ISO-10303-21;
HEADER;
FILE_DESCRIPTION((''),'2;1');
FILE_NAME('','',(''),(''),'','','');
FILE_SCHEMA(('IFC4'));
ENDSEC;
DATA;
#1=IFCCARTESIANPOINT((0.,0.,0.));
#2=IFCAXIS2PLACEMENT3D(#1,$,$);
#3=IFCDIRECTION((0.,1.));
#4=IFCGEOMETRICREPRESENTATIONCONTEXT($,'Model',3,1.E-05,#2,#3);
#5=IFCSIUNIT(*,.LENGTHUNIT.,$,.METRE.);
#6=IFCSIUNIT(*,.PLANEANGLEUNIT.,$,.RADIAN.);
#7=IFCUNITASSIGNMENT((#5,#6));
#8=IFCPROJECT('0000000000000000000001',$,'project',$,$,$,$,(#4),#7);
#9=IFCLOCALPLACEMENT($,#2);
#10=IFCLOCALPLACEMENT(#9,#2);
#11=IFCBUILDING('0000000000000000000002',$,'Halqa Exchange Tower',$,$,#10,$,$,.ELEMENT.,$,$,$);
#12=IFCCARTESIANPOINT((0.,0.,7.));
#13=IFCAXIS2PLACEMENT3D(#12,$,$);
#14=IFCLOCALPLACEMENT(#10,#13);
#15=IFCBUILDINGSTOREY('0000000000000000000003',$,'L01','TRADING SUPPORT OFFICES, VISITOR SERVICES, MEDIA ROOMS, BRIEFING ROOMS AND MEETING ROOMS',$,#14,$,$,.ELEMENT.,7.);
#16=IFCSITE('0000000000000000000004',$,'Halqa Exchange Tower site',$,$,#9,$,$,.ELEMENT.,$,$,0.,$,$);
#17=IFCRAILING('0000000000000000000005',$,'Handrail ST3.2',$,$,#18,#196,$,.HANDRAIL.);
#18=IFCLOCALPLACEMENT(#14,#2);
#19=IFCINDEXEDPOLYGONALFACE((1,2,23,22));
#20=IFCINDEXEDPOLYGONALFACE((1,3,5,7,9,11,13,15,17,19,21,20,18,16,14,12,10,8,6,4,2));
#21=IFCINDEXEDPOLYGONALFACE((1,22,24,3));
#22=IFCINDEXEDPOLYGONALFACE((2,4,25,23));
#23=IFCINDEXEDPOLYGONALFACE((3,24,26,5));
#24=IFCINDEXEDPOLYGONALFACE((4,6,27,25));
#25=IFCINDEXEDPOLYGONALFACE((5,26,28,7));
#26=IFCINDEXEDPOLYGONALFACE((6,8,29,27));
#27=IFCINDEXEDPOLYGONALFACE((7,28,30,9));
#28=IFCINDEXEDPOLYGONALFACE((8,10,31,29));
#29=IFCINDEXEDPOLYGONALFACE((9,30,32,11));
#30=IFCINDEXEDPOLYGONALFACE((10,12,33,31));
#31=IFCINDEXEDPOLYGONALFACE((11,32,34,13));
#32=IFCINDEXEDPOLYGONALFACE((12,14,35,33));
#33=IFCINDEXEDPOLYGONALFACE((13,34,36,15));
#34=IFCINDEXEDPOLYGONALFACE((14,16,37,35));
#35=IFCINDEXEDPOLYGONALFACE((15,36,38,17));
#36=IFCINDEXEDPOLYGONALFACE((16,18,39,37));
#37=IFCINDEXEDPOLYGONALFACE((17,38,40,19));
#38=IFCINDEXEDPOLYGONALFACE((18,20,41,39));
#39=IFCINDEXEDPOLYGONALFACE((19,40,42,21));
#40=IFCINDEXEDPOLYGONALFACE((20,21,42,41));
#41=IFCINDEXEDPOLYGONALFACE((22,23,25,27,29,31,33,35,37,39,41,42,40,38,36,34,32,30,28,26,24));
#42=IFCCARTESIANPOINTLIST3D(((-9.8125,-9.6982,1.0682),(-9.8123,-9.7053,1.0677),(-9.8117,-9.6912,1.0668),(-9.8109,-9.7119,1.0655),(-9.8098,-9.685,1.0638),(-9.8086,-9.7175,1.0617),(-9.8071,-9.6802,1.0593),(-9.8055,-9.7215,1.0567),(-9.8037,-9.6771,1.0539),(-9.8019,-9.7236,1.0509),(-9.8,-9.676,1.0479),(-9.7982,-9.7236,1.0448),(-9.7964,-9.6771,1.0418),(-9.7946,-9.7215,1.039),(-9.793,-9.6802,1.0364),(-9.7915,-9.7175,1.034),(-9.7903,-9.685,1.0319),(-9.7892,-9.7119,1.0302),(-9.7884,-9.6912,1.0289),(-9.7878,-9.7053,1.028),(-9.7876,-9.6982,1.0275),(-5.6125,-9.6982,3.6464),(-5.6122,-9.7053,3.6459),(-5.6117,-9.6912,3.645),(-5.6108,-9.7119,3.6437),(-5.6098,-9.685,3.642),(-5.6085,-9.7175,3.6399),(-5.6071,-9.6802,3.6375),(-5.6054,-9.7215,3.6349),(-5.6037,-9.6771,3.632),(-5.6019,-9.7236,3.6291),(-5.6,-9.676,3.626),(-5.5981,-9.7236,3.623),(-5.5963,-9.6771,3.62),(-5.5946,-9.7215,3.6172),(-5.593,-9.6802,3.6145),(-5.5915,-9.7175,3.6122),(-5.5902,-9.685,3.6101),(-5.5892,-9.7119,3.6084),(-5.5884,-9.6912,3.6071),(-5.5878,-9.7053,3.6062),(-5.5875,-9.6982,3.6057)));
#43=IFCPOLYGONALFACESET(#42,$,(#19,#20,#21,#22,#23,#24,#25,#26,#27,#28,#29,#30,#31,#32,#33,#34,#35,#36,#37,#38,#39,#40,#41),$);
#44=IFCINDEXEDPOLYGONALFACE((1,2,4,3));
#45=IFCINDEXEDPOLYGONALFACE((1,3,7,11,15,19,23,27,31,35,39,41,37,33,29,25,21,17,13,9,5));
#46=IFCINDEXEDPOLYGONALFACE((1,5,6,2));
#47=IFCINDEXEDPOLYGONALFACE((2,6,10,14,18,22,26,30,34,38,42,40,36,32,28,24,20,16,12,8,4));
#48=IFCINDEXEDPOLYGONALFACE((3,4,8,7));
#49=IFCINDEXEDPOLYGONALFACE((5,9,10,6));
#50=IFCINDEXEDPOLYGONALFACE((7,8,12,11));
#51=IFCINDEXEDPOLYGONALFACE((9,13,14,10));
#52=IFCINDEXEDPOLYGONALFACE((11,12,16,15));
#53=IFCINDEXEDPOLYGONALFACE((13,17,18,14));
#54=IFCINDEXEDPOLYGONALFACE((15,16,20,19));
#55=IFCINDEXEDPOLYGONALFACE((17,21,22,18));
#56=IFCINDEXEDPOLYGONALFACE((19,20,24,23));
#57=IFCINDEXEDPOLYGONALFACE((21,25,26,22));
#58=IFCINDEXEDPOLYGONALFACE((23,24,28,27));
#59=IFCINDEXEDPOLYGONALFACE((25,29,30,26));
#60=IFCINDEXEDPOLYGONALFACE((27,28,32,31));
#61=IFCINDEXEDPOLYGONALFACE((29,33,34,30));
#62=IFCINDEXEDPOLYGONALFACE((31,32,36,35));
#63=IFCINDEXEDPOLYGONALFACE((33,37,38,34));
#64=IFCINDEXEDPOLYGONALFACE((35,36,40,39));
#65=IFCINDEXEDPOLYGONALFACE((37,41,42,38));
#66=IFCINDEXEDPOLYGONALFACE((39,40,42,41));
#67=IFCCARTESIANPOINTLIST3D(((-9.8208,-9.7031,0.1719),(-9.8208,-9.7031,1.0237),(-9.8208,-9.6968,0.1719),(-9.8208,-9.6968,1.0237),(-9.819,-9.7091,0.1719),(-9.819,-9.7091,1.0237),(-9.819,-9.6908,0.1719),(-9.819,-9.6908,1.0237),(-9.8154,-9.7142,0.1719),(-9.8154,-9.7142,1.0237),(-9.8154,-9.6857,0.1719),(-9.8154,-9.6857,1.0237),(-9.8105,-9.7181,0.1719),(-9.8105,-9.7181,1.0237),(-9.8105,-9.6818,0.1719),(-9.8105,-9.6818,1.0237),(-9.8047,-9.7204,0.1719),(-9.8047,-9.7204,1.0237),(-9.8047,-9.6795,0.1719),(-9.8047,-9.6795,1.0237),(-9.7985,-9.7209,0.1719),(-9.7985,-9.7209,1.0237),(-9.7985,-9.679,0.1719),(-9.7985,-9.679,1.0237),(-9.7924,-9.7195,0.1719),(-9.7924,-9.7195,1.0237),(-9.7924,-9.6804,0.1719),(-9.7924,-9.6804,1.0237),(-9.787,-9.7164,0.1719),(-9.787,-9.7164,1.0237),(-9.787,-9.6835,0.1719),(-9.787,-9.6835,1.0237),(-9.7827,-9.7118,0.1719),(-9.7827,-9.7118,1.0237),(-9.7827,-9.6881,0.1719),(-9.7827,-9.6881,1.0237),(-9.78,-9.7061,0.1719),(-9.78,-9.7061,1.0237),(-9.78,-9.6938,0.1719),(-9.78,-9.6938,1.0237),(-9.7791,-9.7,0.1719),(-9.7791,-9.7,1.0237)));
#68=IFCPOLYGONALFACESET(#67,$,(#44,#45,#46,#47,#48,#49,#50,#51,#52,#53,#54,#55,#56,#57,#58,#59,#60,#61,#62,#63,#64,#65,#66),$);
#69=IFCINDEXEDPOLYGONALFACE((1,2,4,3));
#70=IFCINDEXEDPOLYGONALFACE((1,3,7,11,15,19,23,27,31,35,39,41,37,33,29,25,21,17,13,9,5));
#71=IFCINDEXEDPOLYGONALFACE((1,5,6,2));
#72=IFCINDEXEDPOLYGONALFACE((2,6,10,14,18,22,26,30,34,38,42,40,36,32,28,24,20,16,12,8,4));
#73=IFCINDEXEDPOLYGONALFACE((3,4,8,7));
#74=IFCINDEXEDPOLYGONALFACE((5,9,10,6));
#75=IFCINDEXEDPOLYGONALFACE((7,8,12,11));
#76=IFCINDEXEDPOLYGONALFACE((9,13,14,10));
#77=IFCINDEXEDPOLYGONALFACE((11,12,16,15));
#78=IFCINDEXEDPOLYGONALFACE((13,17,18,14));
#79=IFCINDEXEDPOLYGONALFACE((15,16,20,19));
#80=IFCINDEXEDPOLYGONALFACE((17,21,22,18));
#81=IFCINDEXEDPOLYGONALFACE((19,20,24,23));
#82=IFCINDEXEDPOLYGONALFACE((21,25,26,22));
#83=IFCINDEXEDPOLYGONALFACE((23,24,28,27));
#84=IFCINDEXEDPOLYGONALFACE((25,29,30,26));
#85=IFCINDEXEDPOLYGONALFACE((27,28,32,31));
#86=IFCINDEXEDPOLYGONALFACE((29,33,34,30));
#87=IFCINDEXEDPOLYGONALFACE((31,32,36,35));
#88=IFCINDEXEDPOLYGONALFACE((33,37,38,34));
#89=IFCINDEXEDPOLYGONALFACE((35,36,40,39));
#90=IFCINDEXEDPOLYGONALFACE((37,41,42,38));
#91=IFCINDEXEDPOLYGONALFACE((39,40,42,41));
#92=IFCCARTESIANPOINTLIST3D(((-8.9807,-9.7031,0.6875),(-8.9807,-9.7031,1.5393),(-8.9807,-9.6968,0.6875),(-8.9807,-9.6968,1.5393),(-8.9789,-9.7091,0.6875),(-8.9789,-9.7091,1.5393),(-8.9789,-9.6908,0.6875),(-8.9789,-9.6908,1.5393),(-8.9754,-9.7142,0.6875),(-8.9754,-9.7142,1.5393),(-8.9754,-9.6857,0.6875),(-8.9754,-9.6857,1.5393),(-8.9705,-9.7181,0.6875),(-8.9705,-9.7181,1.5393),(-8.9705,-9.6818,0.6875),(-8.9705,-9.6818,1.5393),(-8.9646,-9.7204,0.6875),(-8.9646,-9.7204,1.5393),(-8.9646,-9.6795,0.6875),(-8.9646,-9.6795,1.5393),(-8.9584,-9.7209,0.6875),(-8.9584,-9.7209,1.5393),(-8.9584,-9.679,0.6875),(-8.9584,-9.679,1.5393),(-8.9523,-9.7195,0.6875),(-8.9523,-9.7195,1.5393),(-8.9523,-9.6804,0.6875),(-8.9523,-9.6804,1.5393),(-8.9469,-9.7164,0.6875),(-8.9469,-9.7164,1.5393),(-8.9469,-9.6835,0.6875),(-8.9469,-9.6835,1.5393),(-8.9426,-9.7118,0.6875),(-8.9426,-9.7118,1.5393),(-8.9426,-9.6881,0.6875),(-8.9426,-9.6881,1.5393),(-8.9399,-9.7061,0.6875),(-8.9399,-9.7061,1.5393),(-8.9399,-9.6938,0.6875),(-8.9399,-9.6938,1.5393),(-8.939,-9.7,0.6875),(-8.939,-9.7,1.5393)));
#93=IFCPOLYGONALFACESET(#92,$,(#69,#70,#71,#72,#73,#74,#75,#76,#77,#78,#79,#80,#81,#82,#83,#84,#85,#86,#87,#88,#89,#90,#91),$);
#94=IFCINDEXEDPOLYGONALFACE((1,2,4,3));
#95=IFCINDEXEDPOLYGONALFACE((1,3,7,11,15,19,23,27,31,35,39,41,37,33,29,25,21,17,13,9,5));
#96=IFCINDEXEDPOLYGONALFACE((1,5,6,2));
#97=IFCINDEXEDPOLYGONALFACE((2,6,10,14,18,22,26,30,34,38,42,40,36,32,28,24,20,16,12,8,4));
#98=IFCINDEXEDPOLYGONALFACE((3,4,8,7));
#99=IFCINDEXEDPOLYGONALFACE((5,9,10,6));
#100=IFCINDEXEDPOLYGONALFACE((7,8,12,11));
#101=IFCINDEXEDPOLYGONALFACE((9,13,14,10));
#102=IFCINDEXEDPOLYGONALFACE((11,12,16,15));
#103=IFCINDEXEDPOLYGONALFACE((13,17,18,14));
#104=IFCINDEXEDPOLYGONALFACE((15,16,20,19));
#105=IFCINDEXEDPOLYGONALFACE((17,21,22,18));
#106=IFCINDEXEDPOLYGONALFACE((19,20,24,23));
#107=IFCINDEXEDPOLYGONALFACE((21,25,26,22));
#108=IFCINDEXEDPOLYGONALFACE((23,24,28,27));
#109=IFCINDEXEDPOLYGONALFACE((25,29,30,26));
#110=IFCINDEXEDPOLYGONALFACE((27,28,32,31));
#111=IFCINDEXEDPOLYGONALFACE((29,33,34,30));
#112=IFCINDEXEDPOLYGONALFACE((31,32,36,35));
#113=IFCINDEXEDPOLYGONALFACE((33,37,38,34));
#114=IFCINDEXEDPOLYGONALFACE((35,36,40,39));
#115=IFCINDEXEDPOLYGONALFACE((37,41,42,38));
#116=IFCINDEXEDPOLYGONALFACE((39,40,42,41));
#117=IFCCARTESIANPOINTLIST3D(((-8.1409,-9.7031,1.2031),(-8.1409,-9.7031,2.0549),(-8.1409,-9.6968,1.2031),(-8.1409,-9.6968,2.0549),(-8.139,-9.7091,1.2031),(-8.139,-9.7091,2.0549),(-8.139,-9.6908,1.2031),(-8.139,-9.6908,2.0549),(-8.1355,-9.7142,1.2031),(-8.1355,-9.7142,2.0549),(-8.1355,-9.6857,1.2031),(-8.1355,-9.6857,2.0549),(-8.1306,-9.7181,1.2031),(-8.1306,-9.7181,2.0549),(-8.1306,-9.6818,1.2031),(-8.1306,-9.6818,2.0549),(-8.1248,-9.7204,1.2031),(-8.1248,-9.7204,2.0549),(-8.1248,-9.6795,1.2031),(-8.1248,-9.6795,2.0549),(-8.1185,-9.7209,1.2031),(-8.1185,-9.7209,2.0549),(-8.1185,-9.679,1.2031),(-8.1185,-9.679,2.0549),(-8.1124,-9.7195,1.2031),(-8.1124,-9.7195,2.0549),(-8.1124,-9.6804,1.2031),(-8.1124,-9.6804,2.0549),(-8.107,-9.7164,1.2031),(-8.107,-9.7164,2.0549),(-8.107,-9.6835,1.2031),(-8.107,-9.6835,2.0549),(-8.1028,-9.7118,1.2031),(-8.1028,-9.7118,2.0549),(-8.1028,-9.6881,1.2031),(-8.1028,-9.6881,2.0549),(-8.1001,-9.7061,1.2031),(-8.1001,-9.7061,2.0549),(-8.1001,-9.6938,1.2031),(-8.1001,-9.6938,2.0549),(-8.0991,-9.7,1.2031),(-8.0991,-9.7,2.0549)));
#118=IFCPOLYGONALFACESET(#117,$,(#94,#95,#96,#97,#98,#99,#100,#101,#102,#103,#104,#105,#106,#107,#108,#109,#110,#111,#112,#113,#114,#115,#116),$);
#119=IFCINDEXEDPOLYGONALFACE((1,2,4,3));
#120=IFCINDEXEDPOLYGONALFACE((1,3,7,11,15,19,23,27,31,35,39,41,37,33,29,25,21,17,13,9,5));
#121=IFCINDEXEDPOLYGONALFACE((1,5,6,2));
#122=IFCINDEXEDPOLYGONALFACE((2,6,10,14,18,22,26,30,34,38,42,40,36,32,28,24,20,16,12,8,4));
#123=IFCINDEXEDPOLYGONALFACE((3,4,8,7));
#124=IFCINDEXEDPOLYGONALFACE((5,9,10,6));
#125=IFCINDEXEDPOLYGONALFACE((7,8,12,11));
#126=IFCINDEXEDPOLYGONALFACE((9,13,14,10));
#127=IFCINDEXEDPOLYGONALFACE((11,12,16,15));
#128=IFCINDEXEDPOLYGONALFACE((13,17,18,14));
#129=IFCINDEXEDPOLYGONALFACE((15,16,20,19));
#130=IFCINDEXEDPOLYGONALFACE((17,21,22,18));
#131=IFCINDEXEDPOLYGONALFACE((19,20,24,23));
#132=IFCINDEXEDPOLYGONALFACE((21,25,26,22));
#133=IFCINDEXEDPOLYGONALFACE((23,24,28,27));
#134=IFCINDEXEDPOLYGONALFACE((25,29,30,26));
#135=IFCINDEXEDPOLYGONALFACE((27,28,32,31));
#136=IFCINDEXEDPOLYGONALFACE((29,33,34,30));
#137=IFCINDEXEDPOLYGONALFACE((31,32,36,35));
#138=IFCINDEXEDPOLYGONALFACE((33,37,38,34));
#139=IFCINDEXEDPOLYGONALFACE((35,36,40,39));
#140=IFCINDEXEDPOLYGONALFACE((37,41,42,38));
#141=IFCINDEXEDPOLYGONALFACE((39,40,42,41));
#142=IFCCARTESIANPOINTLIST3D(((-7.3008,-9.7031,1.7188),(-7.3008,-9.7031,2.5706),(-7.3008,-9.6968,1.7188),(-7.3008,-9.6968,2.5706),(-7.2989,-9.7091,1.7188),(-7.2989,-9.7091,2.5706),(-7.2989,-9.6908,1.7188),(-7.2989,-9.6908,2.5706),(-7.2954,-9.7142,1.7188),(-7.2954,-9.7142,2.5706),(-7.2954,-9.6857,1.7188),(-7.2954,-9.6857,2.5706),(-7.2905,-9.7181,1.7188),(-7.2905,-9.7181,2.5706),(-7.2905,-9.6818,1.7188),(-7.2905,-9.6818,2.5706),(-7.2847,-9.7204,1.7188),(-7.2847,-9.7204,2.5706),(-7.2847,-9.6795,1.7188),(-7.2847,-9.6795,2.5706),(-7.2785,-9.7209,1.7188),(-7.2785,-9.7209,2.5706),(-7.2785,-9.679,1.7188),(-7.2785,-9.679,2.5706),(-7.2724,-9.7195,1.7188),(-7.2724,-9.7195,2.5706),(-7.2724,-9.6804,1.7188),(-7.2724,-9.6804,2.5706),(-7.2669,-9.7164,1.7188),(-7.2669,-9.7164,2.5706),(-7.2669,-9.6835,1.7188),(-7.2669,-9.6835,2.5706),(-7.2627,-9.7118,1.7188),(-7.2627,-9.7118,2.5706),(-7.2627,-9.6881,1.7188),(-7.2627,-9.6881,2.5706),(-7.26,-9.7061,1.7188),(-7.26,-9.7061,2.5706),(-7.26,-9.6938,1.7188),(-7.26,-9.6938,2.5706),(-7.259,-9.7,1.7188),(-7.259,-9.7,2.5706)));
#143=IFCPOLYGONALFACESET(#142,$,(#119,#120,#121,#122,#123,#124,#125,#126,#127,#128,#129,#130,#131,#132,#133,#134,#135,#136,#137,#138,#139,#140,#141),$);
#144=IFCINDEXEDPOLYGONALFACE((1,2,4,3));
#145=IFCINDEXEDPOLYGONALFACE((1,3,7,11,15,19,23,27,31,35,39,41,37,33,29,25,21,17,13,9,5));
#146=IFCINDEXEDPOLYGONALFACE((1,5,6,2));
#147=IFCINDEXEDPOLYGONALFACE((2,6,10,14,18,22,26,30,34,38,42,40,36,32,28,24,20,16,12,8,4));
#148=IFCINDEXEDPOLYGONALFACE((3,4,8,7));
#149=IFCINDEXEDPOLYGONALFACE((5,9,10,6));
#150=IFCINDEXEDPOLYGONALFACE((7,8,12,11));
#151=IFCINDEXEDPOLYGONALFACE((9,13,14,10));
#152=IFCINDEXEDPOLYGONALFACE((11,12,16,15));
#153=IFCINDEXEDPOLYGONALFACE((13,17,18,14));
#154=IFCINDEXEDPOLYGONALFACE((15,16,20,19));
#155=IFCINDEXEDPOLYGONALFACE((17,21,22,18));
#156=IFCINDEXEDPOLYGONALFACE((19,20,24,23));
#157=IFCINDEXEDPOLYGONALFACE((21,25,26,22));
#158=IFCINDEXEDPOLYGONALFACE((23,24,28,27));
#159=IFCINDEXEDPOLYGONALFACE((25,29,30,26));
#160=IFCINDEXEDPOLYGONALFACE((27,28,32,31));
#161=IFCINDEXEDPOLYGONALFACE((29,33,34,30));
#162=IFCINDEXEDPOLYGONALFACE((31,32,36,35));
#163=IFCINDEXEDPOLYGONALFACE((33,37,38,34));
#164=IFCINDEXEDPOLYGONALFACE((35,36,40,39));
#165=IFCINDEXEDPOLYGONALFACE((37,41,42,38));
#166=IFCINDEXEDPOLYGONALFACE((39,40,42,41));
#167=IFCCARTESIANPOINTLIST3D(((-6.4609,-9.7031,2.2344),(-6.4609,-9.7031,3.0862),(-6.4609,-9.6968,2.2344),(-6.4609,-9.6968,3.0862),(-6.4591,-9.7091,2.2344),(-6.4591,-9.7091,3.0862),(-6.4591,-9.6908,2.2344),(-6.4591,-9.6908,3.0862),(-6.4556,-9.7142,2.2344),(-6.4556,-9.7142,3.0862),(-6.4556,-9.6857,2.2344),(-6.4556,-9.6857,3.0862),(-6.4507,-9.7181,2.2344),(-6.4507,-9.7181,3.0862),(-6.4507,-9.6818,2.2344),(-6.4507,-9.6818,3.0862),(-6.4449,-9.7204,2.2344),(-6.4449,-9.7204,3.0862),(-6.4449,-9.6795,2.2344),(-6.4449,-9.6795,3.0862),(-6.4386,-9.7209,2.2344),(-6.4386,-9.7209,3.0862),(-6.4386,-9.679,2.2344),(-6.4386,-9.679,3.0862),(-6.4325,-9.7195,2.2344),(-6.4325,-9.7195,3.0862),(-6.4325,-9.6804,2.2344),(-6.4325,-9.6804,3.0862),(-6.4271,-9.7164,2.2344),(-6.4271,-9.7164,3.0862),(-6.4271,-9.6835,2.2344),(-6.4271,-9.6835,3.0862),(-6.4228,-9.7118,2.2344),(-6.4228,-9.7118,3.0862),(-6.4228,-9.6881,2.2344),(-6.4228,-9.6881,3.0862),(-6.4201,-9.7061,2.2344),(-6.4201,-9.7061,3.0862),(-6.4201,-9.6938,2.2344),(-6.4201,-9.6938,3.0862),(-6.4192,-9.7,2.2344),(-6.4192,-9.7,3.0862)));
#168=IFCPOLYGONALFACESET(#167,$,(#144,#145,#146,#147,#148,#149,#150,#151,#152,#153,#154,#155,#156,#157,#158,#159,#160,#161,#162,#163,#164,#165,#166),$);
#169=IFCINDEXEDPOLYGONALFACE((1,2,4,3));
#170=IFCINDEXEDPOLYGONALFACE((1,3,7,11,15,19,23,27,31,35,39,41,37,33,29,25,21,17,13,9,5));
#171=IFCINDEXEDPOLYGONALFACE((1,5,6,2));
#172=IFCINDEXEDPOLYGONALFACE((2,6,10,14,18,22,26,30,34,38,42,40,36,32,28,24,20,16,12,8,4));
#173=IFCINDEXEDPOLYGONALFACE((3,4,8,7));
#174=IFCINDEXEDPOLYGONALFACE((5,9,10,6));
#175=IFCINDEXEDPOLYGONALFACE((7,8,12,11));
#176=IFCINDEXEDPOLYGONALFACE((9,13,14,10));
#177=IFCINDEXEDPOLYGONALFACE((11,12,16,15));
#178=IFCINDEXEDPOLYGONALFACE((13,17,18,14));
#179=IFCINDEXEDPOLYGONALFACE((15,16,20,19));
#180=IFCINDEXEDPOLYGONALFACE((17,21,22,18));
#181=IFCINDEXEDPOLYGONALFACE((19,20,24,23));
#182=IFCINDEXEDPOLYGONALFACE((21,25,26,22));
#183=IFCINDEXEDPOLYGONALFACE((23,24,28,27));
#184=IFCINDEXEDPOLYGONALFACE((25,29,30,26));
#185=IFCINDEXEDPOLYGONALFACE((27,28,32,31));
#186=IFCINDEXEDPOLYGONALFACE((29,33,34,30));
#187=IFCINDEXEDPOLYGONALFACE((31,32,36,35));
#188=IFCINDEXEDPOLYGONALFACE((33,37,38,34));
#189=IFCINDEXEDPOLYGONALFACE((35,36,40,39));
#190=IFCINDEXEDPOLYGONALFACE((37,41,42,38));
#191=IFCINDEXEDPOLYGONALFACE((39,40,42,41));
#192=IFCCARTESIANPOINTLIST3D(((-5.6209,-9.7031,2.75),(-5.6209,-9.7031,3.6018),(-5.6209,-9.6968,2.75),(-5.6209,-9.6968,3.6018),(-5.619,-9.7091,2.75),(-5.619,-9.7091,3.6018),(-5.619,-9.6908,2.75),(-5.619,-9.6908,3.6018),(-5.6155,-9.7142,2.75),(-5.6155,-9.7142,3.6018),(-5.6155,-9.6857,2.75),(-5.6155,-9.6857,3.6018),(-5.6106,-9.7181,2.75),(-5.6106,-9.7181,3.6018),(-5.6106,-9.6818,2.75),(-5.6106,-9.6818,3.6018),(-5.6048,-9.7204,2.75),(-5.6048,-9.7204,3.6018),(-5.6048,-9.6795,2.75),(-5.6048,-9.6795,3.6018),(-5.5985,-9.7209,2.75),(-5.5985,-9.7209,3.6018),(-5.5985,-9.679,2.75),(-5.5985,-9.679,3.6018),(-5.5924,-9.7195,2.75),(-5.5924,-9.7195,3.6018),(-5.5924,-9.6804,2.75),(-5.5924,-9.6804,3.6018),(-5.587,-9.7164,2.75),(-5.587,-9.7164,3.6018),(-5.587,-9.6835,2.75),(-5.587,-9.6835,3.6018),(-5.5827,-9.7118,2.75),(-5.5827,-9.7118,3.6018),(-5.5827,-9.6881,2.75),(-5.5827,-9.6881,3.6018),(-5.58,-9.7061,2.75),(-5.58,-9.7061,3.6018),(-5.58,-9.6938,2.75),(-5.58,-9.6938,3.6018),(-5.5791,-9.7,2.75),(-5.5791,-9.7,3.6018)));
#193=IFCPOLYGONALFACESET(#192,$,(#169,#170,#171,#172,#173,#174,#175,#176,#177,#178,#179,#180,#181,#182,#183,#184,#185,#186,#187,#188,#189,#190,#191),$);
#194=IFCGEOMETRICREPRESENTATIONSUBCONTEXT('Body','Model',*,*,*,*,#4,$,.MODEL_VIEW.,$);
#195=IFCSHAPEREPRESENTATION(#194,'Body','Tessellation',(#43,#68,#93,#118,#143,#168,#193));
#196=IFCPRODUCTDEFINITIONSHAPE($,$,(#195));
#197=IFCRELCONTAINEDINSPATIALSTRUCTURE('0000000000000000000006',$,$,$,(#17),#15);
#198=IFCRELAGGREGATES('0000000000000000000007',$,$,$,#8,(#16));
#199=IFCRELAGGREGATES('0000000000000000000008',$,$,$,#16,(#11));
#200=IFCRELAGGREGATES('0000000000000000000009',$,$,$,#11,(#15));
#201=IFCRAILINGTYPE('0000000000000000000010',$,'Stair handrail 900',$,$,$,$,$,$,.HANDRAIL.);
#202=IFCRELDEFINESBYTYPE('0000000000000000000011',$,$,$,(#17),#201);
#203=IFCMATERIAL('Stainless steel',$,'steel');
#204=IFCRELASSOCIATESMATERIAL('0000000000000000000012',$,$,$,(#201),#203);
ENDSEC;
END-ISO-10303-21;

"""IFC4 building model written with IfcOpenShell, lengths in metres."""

from ifc_helpers import new_model, si_unit, direction, frame, origin, origin_2d, place, context, subcontext, project, spatial, circle, extrude, material, type_object, element, save


model = new_model("IFC4")

# Units and contexts
model_context = context("Model", 3, precision=1e-05, world=origin(), true_north=direction((0.0, 1.0)))
body_context = subcontext(model_context, "Body", "Model", "MODEL_VIEW")
ifc_project = project(units=[si_unit("LENGTHUNIT", "METRE"), si_unit("PLANEANGLEUNIT", "RADIAN")], contexts=[model_context])

# Site, building, storey
site_placement = place(None, origin())
site = spatial("IfcSite", under=ifc_project, at=site_placement, Name="Halqa Exchange Tower site", CompositionType="ELEMENT", RefElevation=0.0)
building_placement = place(site_placement, origin())
building = spatial("IfcBuilding", under=site, at=building_placement, Name="Halqa Exchange Tower", CompositionType="ELEMENT")
storey_placement = place(building_placement, frame((0.0, 0.0, 7.0)))
storey = spatial("IfcBuildingStorey", under=building, at=storey_placement, Name="L01", Description="TRADING SUPPORT OFFICES, VISITOR SERVICES, MEDIA ROOMS, BRIEFING ROOMS AND MEETING ROOMS", CompositionType="ELEMENT", Elevation=7.0)

# Shared definitions
ifc_material_1 = material(Name="Stainless steel", Category="steel")

# Railing
railing_type = type_object("IfcRailingType", Name="Stair handrail 900", PredefinedType="HANDRAIL", material=ifc_material_1)
railing_1_placement = place(storey_placement, frame((-9.8, -9.7, 0.1719)))
element("IfcRailing", 1, at=railing_1_placement, inside=storey, type_object=railing_type, Name="Handrail ST3.2", PredefinedType="HANDRAIL", context=body_context, shape_type="SweptSolid", body=[
    extrude(circle(Radius=0.0239, at=origin_2d()), frame((0.0, 0.0, 0.876), z_axis=(0.852243, 0.0, 0.523146), x_axis=(0.0, 1.0, 0.0)), (0.0, 0.0, 1.0), 4.9282),
    extrude(circle(Radius=0.021, at=origin_2d()), origin(), (0.0, 0.0, 1.0), 0.8518),
    extrude(circle(Radius=0.021, at=origin_2d()), frame((0.8401, 0.0, 0.5156)), (0.0, 0.0, 1.0), 0.8518),
    extrude(circle(Radius=0.021, at=origin_2d()), frame((1.6799, 0.0, 1.0312)), (0.0, 0.0, 1.0), 0.8518),
    extrude(circle(Radius=0.021, at=origin_2d()), frame((2.52, 0.0, 1.5469)), (0.0, 0.0, 1.0), 0.8518),
    extrude(circle(Radius=0.021, at=origin_2d()), frame((3.3599, 0.0, 2.0625)), (0.0, 0.0, 1.0), 0.8518),
    extrude(circle(Radius=0.021, at=origin_2d()), frame((4.2, 0.0, 2.5781)), (0.0, 0.0, 1.0), 0.8518),
])

save(model, "model.ifc")
